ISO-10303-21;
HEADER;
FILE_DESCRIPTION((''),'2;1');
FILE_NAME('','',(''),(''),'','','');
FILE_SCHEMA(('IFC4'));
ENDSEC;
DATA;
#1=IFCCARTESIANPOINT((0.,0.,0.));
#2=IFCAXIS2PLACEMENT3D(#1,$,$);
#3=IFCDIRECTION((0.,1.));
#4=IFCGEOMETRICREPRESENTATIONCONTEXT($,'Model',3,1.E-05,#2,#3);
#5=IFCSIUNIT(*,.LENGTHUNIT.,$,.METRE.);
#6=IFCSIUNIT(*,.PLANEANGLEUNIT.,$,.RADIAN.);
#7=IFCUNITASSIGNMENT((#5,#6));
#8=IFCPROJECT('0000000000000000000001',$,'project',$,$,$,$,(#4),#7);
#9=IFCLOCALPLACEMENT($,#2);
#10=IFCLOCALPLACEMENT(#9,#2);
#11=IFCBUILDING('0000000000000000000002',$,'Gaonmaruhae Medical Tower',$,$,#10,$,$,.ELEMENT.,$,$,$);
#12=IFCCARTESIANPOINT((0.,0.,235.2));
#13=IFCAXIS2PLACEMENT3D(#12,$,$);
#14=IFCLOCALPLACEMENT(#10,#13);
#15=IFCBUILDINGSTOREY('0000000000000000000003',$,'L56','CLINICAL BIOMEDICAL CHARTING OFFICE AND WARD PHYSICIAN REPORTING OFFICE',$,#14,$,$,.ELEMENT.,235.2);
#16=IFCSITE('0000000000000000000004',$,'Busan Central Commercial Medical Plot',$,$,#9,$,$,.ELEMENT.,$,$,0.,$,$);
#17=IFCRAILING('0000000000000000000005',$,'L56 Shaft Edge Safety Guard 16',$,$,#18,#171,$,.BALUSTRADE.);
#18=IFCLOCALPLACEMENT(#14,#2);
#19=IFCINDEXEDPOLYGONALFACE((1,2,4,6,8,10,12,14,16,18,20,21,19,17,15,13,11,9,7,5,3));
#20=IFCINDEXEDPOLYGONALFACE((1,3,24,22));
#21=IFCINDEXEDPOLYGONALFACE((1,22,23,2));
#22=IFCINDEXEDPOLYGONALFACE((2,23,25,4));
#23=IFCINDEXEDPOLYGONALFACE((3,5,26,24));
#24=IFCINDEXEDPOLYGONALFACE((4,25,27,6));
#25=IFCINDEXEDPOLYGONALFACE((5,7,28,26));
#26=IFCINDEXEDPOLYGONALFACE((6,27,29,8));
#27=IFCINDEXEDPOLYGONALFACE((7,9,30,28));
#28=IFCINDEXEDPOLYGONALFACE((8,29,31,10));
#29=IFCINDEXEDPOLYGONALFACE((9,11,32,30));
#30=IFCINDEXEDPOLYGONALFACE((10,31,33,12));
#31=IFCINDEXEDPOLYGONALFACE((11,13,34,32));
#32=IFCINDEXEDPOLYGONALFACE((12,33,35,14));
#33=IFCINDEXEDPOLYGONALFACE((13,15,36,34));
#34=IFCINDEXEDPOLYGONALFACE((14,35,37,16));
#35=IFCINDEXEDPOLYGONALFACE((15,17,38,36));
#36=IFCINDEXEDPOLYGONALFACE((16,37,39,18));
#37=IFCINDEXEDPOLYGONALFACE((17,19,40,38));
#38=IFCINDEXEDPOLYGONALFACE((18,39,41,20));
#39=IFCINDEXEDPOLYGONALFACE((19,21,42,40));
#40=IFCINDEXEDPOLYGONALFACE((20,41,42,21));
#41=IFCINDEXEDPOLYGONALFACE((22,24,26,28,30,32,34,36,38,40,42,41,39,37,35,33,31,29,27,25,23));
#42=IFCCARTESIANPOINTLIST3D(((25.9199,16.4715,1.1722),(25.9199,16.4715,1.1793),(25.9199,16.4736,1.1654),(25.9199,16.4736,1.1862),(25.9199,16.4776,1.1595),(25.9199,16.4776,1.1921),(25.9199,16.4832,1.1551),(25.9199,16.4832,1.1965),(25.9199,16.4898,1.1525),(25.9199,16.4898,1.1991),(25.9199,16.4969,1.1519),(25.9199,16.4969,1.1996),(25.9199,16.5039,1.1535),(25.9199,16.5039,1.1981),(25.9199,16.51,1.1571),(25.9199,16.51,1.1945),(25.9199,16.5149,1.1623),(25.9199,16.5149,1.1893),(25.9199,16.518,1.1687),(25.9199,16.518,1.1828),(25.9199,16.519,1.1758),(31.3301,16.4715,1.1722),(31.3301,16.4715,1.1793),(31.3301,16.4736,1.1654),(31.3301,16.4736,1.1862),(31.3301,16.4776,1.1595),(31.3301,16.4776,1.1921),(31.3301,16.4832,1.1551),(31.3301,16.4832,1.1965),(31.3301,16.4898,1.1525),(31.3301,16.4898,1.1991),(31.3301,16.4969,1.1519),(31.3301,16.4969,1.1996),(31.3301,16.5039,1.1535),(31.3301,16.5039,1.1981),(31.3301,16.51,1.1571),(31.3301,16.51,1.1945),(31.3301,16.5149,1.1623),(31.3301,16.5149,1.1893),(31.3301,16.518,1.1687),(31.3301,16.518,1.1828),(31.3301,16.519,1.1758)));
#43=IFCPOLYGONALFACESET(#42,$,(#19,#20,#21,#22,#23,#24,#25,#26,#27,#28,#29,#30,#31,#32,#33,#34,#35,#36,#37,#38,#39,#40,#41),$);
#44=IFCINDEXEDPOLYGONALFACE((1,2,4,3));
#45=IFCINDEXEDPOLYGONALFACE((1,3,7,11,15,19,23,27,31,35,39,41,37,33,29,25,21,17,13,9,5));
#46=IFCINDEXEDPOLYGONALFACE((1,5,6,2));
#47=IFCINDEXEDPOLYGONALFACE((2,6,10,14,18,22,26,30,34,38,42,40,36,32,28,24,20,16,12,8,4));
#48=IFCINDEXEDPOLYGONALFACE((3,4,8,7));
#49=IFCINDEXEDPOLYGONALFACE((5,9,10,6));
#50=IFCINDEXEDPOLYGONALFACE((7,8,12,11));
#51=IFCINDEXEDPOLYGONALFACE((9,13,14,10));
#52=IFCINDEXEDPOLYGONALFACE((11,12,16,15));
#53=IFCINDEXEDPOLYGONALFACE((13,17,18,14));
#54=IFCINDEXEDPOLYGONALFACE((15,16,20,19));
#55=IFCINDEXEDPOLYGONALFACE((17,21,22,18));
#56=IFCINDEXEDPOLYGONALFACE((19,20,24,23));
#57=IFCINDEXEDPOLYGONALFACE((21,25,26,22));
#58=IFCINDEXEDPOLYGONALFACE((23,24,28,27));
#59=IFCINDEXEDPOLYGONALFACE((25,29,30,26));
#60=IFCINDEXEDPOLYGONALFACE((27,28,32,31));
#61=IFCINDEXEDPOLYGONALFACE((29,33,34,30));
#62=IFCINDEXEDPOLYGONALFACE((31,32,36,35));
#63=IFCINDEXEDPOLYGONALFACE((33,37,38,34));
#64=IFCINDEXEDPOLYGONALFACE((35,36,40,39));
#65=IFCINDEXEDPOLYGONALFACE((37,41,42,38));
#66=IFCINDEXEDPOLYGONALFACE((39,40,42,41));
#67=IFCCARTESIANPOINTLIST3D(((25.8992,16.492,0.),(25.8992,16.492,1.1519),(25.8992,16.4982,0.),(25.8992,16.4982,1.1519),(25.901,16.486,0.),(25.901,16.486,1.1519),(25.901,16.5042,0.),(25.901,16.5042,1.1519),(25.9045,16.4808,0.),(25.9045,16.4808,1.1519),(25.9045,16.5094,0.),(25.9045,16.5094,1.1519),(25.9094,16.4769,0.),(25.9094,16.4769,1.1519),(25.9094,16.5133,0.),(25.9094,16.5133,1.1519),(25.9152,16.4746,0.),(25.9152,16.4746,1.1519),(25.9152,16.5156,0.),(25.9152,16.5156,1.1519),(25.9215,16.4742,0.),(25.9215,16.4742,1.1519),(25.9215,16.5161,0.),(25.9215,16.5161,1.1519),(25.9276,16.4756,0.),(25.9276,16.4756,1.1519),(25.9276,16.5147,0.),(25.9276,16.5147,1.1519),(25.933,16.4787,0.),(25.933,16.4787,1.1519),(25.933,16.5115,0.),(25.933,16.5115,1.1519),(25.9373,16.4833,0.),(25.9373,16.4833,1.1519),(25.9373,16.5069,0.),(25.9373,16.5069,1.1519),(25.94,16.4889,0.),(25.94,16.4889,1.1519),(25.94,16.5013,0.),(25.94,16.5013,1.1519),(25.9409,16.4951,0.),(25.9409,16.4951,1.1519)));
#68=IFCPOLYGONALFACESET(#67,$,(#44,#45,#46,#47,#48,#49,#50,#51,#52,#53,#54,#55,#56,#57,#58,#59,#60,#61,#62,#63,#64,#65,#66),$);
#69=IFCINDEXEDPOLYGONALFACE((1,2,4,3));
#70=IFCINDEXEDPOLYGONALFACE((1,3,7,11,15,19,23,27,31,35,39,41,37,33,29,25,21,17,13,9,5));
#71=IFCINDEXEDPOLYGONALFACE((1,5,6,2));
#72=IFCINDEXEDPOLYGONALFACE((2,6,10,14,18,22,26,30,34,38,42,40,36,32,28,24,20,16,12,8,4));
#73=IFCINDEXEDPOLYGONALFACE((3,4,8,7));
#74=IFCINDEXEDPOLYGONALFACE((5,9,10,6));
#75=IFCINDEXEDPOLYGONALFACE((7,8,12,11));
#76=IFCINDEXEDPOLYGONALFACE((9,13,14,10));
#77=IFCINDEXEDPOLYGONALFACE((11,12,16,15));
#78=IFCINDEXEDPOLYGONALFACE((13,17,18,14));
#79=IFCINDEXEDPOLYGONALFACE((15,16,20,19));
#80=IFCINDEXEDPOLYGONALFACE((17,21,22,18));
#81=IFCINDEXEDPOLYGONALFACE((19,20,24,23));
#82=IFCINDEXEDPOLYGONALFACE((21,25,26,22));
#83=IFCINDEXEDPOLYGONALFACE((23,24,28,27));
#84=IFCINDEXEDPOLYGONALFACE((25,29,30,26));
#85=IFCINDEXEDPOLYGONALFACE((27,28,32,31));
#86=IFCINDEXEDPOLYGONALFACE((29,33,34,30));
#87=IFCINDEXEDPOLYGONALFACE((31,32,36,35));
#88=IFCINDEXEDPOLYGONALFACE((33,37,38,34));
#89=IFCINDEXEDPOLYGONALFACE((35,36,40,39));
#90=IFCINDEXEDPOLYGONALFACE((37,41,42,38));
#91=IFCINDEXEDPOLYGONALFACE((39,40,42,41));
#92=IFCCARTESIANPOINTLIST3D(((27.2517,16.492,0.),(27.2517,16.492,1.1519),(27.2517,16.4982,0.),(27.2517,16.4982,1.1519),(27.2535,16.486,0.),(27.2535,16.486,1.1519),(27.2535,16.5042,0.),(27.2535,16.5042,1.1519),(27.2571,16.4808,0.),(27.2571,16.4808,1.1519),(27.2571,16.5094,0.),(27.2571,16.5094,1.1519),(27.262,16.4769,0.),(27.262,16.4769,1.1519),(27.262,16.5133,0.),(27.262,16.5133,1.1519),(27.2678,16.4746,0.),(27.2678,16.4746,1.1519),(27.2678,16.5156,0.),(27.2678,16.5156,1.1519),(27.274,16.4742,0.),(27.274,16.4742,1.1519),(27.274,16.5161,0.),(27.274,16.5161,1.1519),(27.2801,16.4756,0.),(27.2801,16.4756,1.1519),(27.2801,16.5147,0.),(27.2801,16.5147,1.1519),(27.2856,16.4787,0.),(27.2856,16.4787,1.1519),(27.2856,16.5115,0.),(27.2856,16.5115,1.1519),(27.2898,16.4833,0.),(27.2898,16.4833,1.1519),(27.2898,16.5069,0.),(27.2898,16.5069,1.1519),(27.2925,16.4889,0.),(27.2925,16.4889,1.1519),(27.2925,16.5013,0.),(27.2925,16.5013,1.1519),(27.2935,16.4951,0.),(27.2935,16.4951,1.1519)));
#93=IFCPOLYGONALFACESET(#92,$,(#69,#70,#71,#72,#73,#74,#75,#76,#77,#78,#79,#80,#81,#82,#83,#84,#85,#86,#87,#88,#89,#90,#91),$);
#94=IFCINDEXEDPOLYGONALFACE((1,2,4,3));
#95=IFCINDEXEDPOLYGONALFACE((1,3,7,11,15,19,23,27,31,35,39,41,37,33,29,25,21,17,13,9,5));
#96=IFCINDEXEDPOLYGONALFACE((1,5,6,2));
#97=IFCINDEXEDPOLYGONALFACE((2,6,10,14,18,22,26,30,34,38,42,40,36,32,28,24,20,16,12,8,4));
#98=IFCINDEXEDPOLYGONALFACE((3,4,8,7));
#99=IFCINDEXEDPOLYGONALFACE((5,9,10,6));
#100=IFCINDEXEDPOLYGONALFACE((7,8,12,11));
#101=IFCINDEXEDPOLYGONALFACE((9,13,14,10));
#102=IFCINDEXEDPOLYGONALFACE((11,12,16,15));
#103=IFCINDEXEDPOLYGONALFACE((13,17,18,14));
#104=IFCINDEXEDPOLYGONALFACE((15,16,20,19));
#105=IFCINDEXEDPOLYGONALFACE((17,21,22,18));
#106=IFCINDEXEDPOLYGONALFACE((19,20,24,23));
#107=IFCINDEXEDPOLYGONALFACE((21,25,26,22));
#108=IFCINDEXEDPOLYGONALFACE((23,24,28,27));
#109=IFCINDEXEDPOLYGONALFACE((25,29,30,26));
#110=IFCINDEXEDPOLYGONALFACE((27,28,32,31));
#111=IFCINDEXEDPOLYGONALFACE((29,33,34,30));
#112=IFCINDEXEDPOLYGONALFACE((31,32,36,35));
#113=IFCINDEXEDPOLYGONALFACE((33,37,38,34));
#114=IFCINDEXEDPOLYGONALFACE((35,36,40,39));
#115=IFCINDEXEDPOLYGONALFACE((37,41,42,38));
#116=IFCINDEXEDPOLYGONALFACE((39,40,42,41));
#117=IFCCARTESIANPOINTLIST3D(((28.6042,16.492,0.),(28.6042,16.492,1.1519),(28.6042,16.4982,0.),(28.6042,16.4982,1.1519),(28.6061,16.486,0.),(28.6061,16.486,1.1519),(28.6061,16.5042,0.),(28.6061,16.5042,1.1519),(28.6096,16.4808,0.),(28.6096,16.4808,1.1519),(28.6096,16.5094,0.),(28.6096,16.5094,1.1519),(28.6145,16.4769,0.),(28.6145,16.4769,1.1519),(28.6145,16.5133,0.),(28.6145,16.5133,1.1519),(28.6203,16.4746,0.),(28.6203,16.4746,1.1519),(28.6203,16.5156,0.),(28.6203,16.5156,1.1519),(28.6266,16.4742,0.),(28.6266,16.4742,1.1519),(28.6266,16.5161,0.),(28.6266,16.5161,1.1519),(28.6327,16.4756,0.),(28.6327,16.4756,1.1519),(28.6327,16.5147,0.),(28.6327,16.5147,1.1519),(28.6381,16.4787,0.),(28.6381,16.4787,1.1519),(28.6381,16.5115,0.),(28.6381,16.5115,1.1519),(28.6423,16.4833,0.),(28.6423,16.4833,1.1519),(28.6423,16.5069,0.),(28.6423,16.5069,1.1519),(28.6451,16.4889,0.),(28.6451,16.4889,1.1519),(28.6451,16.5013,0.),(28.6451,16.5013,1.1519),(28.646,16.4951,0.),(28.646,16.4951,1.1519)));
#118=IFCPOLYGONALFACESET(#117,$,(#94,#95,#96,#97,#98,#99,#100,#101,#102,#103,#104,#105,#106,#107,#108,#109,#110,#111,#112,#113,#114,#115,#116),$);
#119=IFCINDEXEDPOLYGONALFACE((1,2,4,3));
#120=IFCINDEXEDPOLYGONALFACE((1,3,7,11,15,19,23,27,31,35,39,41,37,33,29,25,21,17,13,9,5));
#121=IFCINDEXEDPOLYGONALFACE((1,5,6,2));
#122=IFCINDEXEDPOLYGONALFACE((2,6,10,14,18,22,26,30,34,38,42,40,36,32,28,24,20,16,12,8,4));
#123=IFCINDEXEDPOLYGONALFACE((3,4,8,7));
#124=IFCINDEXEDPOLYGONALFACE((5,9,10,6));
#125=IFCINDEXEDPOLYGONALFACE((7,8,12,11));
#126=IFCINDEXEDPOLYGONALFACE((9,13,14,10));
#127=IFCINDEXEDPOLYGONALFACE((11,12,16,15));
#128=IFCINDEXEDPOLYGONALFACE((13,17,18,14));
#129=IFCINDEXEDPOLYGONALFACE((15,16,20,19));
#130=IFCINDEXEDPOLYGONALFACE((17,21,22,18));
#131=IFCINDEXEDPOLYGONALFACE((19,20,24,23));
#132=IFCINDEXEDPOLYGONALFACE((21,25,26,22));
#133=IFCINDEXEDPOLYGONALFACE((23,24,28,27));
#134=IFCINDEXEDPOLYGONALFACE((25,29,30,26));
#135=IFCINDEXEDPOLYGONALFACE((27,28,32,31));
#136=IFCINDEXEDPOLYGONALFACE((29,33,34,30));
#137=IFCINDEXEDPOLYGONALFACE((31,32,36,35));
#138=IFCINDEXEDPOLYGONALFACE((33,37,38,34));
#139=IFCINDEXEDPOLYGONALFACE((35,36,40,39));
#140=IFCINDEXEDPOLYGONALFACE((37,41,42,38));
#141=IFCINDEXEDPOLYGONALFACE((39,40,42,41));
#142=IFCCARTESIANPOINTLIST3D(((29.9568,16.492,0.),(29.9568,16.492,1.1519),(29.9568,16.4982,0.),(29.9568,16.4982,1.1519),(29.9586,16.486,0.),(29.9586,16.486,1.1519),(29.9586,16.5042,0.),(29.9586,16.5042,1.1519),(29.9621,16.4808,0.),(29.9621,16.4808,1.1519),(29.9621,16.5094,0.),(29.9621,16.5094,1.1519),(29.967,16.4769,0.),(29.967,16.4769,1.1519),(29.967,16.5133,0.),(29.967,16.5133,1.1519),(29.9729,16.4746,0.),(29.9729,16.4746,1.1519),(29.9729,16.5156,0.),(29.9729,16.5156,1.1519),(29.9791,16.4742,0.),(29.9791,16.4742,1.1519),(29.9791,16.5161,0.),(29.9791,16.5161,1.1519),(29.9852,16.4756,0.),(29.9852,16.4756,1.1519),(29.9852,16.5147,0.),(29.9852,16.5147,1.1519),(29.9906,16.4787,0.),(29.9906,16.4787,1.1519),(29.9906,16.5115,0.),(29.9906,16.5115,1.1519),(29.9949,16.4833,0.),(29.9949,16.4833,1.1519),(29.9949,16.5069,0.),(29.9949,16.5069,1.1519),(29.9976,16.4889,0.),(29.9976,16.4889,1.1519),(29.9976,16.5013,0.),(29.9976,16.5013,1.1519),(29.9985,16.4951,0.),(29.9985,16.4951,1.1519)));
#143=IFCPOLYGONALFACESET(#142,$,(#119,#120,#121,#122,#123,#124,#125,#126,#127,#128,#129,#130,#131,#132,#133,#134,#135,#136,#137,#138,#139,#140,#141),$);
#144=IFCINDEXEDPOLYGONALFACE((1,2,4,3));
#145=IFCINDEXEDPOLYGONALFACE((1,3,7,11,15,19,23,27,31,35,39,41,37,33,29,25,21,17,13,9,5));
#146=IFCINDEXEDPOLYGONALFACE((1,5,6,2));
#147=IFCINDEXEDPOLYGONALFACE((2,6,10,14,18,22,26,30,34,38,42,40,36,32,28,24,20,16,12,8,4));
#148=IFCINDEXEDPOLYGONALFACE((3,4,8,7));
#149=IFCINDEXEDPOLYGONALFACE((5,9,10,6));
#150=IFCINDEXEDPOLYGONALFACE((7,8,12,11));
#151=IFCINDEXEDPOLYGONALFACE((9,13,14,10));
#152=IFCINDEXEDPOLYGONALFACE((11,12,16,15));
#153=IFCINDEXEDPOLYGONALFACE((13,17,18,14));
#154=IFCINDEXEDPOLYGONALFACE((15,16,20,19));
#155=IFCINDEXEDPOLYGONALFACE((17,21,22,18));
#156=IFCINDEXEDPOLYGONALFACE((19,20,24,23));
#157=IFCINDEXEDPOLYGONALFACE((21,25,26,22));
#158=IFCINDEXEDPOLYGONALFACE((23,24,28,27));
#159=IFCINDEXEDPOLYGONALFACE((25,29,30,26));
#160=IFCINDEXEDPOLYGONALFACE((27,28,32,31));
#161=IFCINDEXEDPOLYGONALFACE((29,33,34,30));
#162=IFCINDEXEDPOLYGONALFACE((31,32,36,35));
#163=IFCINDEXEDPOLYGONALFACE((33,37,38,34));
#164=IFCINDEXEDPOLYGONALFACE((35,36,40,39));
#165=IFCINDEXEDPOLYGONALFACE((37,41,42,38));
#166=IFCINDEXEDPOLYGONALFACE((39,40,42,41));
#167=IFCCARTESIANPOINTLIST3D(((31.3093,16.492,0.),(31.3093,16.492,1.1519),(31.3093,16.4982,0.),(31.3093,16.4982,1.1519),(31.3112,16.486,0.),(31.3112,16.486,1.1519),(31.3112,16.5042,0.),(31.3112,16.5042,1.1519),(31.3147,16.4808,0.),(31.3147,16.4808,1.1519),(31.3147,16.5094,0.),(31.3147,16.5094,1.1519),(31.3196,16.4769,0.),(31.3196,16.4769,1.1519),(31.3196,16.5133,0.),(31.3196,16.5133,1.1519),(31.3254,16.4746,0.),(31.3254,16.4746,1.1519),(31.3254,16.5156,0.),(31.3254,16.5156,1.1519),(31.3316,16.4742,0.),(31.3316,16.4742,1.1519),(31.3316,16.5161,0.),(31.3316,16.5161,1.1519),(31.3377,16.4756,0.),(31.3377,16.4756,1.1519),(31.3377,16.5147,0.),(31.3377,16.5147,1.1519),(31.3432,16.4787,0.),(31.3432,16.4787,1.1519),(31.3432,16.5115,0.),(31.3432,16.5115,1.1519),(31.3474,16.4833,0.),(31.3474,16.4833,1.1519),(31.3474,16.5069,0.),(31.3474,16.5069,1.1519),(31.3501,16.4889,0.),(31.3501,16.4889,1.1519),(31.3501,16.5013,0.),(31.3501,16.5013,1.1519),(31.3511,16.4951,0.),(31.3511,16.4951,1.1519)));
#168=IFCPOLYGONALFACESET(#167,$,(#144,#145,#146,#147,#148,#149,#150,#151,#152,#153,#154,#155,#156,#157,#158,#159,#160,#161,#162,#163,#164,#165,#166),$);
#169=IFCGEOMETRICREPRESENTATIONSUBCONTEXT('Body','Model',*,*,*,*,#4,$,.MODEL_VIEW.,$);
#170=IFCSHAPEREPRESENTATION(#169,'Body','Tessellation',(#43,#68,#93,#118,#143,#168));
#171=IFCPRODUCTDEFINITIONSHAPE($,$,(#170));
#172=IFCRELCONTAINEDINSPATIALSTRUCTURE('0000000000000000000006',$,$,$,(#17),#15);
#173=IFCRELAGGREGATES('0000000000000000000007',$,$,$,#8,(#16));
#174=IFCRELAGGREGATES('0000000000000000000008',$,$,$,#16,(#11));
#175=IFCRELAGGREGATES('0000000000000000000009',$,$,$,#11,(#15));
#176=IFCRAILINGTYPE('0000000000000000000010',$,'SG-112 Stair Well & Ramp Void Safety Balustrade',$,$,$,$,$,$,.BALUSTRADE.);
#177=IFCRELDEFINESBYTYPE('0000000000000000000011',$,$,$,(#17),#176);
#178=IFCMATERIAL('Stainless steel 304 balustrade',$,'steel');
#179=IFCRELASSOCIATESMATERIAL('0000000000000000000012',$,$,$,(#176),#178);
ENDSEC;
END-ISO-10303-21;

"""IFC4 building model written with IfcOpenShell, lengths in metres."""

from ifc_helpers import new_model, si_unit, direction, frame, origin, origin_2d, place, context, subcontext, project, spatial, circle, extrude, material, type_object, element, save


model = new_model("IFC4")

# Units and contexts
model_context = context("Model", 3, precision=1e-05, world=origin(), true_north=direction((0.0, 1.0)))
body_context = subcontext(model_context, "Body", "Model", "MODEL_VIEW")
ifc_project = project(units=[si_unit("LENGTHUNIT", "METRE"), si_unit("PLANEANGLEUNIT", "RADIAN")], contexts=[model_context])

# Site, building, storey
site_placement = place(None, origin())
site = spatial("IfcSite", under=ifc_project, at=site_placement, Name="Busan Central Commercial Medical Plot", CompositionType="ELEMENT", RefElevation=0.0)
building_placement = place(site_placement, origin())
building = spatial("IfcBuilding", under=site, at=building_placement, Name="Gaonmaruhae Medical Tower", CompositionType="ELEMENT")
storey_placement = place(building_placement, frame((0.0, 0.0, 235.2)))
storey = spatial("IfcBuildingStorey", under=building, at=storey_placement, Name="L56", Description="CLINICAL BIOMEDICAL CHARTING OFFICE AND WARD PHYSICIAN REPORTING OFFICE", CompositionType="ELEMENT", Elevation=235.2)

# Railing
ifc_material_1 = material(Name="Stainless steel 304 balustrade", Category="steel")
railing_type_1 = type_object("IfcRailingType", Name="SG-112 Stair Well & Ramp Void Safety Balustrade", PredefinedType="BALUSTRADE", material=ifc_material_1)
railing_1_placement = place(storey_placement, frame((25.9199, 16.4951, 0.0)))
element("IfcRailing", 1, at=railing_1_placement, inside=storey, type_object=railing_type_1, Name="L56 Shaft Edge Safety Guard 16", PredefinedType="BALUSTRADE", context=body_context, shape_type="SweptSolid", body=[
    extrude(circle(Radius=0.0239, at=origin_2d()), frame((0.0, 0.0, 1.1758), z_axis=(1.0, 0.0, 0.0), x_axis=(0.0, 1.0, 0.0)), (0.0, 0.0, 1.0), 5.4102),
    extrude(circle(Radius=0.021, at=origin_2d()), origin(), (0.0, 0.0, 1.0), 1.1519),
    extrude(circle(Radius=0.021, at=origin_2d()), frame((1.3525, 0.0, 0.0)), (0.0, 0.0, 1.0), 1.1519),
    extrude(circle(Radius=0.021, at=origin_2d()), frame((2.7051, 0.0, 0.0)), (0.0, 0.0, 1.0), 1.1519),
    extrude(circle(Radius=0.021, at=origin_2d()), frame((4.0576, 0.0, 0.0)), (0.0, 0.0, 1.0), 1.1519),
    extrude(circle(Radius=0.021, at=origin_2d()), frame((5.4102, 0.0, 0.0)), (0.0, 0.0, 1.0), 1.1519),
])

save(model, "model.ifc")
